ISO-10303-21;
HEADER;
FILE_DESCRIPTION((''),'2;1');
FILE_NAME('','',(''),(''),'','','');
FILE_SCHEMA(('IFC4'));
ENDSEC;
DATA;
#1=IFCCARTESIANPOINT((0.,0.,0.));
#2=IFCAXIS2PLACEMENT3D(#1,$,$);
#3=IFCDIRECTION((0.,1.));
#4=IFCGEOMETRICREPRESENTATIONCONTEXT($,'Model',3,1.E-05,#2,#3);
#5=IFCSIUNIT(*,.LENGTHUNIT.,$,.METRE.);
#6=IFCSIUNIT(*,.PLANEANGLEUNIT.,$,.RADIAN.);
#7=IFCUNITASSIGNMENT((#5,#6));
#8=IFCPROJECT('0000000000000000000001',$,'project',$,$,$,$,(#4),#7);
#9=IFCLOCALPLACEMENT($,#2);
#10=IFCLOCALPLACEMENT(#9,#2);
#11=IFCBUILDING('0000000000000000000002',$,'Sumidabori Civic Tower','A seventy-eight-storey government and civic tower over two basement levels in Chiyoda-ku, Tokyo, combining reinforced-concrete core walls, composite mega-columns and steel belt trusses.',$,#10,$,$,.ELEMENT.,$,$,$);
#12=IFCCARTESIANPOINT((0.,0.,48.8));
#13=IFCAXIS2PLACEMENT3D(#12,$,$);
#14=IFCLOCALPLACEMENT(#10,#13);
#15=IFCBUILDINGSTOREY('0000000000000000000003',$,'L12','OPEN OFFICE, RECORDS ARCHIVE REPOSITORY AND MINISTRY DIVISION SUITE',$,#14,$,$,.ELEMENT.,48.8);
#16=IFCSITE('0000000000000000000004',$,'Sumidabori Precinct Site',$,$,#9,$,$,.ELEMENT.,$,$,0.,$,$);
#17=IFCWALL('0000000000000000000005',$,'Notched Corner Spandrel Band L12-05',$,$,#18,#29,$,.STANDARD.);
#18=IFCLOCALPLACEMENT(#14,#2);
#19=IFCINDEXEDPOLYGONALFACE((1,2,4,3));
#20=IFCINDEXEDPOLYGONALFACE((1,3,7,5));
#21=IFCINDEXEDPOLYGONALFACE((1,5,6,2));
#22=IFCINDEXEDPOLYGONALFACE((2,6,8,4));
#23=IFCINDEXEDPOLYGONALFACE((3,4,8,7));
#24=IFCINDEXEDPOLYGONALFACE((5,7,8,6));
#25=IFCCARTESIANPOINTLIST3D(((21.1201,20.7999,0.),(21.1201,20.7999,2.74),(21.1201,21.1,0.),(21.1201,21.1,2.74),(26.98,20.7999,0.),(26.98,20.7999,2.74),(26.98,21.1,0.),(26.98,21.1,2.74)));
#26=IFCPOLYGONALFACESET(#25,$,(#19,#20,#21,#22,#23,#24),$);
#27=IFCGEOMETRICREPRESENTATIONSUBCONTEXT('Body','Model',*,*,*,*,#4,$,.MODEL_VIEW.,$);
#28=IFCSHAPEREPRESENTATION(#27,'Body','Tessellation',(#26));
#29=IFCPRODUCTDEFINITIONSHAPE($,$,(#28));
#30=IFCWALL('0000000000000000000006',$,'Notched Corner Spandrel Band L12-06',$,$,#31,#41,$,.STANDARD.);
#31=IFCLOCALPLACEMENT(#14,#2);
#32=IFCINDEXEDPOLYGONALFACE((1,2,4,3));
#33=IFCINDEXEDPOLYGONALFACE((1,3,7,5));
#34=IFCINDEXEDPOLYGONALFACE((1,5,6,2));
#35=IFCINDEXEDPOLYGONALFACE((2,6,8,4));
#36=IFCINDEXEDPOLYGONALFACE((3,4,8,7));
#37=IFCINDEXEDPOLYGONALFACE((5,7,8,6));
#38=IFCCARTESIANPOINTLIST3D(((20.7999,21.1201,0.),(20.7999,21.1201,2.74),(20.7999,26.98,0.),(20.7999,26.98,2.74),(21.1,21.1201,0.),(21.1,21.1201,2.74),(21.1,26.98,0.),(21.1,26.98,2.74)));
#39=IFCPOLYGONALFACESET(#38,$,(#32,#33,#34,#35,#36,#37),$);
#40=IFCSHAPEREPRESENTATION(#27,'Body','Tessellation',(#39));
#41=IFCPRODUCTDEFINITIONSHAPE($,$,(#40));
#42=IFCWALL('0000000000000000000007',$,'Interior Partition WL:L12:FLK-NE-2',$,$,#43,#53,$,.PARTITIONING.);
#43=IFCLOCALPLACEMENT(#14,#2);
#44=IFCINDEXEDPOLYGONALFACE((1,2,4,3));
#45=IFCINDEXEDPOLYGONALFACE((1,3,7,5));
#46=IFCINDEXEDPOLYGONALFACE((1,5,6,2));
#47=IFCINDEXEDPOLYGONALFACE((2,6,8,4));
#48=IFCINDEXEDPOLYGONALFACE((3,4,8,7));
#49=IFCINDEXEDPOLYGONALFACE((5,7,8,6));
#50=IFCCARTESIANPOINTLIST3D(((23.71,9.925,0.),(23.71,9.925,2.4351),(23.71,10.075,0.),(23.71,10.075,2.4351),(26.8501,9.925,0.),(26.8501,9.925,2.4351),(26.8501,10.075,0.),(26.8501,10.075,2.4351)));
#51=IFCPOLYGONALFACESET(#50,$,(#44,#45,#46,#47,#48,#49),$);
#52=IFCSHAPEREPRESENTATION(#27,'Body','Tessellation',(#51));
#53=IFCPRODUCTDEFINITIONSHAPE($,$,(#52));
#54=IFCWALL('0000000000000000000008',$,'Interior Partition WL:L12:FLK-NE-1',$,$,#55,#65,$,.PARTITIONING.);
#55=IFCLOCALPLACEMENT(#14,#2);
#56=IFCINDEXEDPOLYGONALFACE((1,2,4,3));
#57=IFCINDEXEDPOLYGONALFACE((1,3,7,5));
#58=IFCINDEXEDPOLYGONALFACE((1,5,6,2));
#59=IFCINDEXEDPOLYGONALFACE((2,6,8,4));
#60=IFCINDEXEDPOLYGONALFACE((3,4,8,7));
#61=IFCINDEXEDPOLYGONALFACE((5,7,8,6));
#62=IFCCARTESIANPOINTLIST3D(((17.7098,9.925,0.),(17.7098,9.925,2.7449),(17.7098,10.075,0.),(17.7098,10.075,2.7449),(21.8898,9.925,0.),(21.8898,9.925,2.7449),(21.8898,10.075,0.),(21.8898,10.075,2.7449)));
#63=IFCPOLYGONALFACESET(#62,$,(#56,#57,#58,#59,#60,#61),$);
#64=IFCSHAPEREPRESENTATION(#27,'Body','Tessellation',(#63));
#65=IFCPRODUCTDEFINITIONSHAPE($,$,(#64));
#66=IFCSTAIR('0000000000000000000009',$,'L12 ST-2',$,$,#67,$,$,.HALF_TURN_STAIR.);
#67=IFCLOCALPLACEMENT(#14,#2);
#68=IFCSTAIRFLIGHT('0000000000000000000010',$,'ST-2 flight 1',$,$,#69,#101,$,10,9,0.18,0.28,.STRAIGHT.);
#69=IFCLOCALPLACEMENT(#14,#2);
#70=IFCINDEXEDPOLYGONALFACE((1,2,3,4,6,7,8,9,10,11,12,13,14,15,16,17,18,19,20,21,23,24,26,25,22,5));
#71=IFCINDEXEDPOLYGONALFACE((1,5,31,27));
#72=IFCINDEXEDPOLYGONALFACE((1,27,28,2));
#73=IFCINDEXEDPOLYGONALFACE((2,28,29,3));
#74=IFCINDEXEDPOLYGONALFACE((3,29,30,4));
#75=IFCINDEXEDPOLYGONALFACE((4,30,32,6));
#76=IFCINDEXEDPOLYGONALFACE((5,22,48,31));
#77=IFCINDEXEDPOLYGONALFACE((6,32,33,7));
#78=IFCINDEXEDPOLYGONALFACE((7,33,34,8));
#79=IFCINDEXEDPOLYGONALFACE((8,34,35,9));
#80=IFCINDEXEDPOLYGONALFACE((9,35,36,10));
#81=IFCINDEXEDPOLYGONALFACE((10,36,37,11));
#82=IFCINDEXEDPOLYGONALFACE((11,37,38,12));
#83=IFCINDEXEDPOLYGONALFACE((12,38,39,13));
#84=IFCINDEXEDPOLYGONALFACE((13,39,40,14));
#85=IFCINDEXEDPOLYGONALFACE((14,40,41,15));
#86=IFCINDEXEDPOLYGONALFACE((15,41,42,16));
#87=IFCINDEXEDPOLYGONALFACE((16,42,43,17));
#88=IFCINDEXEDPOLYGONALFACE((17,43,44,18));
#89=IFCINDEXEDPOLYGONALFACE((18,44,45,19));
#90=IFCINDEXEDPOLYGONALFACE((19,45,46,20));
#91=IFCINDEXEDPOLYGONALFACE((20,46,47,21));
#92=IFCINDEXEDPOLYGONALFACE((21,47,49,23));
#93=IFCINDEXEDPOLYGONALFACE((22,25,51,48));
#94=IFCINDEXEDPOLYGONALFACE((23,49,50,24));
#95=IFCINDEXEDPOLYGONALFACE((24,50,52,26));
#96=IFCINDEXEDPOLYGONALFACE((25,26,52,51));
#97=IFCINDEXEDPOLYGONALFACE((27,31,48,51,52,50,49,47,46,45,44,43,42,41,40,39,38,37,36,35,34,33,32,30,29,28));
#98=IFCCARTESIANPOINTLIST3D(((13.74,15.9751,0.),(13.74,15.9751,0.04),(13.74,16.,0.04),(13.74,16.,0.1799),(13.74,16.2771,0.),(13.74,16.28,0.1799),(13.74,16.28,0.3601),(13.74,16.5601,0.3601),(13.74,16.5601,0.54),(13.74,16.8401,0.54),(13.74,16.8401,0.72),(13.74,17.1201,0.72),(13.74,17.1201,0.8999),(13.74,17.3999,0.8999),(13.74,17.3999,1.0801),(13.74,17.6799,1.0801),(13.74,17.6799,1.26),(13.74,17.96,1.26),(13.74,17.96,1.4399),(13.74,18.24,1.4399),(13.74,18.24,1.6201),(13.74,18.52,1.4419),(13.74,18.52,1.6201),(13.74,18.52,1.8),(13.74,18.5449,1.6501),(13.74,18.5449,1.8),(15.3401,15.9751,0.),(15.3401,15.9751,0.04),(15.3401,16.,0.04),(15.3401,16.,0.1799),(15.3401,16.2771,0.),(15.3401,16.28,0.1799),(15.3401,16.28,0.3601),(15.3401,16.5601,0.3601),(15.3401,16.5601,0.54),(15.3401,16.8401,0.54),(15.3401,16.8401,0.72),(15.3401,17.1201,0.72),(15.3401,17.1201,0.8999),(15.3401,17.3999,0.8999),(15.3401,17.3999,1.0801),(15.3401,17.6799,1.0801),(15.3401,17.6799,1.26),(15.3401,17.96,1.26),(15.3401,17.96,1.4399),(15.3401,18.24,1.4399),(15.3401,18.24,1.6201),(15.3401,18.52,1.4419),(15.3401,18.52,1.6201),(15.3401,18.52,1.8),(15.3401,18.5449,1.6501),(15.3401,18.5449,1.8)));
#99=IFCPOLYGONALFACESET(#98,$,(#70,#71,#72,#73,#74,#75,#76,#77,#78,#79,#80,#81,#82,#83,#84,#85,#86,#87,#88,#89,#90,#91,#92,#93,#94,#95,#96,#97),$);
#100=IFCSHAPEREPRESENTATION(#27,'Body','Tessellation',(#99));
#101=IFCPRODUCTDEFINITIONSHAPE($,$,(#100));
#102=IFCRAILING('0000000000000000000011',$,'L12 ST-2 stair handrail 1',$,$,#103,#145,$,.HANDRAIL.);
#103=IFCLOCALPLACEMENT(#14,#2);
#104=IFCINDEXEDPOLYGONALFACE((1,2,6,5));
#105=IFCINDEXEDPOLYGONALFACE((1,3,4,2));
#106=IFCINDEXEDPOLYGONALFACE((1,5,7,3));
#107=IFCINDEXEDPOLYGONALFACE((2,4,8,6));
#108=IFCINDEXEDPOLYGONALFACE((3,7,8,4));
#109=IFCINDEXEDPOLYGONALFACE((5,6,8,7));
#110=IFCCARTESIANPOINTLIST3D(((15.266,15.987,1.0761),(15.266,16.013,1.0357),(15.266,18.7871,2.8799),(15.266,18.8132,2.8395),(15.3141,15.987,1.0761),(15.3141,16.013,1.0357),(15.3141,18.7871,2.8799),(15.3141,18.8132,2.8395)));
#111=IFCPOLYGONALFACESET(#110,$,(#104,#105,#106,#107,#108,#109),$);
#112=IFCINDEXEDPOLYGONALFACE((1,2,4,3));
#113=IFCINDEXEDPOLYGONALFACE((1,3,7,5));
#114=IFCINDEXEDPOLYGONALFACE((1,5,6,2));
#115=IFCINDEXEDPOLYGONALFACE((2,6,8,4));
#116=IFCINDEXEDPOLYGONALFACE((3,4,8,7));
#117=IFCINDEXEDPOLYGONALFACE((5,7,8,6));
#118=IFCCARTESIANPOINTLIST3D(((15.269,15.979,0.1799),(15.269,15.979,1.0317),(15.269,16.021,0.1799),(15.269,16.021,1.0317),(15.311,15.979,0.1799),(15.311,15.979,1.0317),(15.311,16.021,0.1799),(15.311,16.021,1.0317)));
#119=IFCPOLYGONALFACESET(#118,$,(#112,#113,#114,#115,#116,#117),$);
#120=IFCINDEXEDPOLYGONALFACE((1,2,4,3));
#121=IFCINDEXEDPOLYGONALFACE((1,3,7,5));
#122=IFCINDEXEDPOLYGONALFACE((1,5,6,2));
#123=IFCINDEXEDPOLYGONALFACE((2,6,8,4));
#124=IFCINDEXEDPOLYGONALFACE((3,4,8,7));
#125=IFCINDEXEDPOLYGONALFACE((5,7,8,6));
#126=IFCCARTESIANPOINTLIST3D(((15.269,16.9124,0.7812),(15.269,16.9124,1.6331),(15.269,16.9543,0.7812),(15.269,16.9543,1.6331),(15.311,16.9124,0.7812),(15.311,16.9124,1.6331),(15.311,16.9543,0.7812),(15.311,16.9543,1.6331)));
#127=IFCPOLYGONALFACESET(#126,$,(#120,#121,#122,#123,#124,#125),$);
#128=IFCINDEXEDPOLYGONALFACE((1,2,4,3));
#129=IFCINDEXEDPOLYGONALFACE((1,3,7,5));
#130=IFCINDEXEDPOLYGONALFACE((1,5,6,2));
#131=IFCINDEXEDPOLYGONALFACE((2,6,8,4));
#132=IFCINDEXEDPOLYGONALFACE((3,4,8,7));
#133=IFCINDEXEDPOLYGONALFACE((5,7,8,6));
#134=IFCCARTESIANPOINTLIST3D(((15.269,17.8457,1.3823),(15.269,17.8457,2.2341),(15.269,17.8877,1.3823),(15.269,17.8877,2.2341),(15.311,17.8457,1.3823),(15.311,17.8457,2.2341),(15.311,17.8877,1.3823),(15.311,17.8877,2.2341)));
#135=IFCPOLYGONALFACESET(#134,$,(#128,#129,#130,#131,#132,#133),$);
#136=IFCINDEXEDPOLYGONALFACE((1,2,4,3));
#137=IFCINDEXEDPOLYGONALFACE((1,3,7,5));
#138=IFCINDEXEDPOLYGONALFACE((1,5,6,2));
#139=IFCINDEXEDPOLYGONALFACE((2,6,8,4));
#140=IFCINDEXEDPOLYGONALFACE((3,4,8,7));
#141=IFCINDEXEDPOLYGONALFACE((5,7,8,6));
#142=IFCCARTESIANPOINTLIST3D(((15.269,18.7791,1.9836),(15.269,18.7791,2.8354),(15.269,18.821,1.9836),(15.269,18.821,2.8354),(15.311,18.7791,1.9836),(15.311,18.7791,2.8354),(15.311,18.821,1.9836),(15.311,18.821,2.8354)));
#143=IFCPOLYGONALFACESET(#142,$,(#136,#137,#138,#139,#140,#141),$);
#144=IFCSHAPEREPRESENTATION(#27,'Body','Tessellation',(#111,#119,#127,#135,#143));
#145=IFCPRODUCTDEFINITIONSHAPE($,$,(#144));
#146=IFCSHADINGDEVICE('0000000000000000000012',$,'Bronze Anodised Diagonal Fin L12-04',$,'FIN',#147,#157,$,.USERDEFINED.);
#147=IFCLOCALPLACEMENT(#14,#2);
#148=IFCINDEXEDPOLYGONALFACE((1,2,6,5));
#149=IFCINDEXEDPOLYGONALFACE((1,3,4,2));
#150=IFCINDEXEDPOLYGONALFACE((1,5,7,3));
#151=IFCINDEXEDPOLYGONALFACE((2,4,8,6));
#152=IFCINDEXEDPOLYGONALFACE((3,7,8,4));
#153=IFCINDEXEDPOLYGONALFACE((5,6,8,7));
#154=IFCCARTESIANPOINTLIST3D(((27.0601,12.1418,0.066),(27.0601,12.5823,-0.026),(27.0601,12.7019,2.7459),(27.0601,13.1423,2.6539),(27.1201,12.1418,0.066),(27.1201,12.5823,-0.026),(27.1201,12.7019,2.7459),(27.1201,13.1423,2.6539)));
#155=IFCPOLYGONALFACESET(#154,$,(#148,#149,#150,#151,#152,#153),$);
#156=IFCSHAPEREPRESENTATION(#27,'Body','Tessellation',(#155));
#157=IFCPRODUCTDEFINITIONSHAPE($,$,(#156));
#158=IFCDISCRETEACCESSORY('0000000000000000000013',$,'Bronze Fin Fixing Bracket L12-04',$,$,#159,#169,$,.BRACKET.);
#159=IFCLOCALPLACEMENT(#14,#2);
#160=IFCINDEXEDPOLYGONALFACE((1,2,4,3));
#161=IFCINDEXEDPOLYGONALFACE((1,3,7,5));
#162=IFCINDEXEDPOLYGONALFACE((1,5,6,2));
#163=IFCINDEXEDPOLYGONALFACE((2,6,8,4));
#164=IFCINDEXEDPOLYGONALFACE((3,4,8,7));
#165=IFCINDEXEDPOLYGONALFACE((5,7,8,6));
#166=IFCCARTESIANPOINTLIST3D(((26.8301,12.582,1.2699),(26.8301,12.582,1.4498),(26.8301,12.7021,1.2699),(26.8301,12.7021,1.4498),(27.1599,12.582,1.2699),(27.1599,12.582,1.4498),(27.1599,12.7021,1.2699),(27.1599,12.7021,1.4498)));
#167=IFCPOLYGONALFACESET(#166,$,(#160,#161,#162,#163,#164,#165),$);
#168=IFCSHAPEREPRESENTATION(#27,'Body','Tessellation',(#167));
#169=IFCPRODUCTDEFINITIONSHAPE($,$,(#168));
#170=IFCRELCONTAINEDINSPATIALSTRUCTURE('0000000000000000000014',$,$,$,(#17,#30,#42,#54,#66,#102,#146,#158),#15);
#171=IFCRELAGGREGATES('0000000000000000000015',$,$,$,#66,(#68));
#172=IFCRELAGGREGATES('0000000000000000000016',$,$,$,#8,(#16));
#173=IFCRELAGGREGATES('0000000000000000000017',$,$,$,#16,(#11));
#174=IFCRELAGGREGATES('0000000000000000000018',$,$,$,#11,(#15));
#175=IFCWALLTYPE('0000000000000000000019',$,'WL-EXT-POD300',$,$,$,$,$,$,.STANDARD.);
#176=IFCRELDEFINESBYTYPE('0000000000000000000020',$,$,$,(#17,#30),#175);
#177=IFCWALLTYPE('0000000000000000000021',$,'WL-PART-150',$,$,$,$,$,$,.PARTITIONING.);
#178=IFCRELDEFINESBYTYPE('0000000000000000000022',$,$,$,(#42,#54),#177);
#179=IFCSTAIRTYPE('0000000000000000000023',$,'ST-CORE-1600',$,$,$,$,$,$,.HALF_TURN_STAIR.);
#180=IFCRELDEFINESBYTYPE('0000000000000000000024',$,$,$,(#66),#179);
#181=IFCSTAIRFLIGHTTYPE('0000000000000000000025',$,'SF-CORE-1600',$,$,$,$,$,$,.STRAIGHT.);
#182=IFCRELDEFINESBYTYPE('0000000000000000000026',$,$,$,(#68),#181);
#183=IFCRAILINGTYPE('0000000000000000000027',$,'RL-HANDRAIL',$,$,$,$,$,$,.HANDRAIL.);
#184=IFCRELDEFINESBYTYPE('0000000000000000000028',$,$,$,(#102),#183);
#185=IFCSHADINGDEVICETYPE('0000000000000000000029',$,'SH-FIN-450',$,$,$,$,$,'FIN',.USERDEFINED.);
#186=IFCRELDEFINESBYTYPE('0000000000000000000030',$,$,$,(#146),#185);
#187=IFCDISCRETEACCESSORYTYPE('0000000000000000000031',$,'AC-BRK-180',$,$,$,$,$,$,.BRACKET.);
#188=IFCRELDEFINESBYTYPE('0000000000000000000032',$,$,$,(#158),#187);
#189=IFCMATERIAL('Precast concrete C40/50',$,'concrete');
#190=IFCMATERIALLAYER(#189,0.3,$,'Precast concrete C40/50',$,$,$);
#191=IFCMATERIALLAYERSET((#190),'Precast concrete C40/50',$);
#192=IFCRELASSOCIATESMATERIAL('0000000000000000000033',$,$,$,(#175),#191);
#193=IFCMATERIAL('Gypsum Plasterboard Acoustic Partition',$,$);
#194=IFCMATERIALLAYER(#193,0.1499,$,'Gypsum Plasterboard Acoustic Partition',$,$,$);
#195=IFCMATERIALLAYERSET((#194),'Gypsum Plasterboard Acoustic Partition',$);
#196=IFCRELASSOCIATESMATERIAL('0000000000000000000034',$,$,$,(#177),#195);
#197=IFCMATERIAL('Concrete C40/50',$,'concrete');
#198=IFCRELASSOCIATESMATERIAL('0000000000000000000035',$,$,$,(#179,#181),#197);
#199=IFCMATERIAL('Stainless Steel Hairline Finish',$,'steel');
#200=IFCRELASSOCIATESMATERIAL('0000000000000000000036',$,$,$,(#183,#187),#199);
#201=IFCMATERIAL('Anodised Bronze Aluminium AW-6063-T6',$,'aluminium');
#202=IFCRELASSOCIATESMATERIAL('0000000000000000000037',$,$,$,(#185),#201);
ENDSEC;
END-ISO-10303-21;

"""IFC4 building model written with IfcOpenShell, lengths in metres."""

from ifc_helpers import new_model, si_unit, direction, frame, frame_2d, origin, origin_2d, place, context, subcontext, project, spatial, polyline, rectangle, outline, extrude, source, transform, mapped, material, layer, layer_set, material_profile, profile_set, type_object, element, aggregate, save


model = new_model("IFC4")

# Units and contexts
model_context = context("Model", 3, precision=1e-05, world=origin(), true_north=direction((0.0, 1.0)))
body_context = subcontext(model_context, "Body", "Model", "MODEL_VIEW")
ifc_project = project(units=[si_unit("LENGTHUNIT", "METRE"), si_unit("PLANEANGLEUNIT", "RADIAN")], contexts=[model_context])

# Site, building, storey
site_placement = place(None, origin())
site = spatial("IfcSite", under=ifc_project, at=site_placement, Name="Sumidabori Precinct Site", CompositionType="ELEMENT", RefElevation=0.0)
building_placement = place(site_placement, origin())
building = spatial("IfcBuilding", under=site, at=building_placement, Name="Sumidabori Civic Tower", Description="A seventy-eight-storey government and civic tower over two basement levels in Chiyoda-ku, Tokyo, combining reinforced-concrete core walls, composite mega-columns and steel belt trusses.", CompositionType="ELEMENT")
storey_placement = place(building_placement, frame((0.0, 0.0, 48.8)))
storey = spatial("IfcBuildingStorey", under=building, at=storey_placement, Name="L12", Description="OPEN OFFICE, RECORDS ARCHIVE REPOSITORY AND MINISTRY DIVISION SUITE", CompositionType="ELEMENT", Elevation=48.8)

# Shared definitions
ifc_material_1 = material(Name="Anodised Bronze Aluminium AW-6063-T6", Category="aluminium")

# Walls
ifc_material_2 = material(Name="Precast concrete C40/50", Category="concrete")
ifc_layer_1 = layer(ifc_material_2, 0.3, Name="Precast concrete C40/50")
ifc_layer_set_1 = layer_set([ifc_layer_1], Name="Precast concrete C40/50")
wall_type_1 = type_object("IfcWallType", Name="WL-EXT-POD300", PredefinedType="STANDARD", material=ifc_layer_set_1)
shared_shape_1 = source(origin(), body_context, "Body", "SweptSolid", [
    extrude(rectangle(XDim=5.8599, YDim=0.3, at=frame_2d((2.9299, 0.0))), origin(), (0.0, 0.0, 1.0), 2.74),
])
for number, where, z_axis, x_axis, name in (
    (1, (26.98, 20.95, 0.0), (0.0, 0.0, 1.0), (-1.0, 0.0, 0.0), "Notched Corner Spandrel Band L12-05"),
    (2, (20.95, 21.1201, 0.0), (0.0, 0.0, 1.0), (0.0, 1.0, 0.0), "Notched Corner Spandrel Band L12-06"),
):
    element("IfcWall", number, at=place(storey_placement, frame(where, z_axis=z_axis, x_axis=x_axis)), inside=storey, type_object=wall_type_1, Name=name, PredefinedType="STANDARD", context=body_context, shape_type="MappedRepresentation", body=[
        mapped(shared_shape_1, transform((0.0, 0.0, 0.0), x_axis=(1.0, 0.0, 0.0), y_axis=(0.0, 1.0, 0.0), z_axis=(0.0, 0.0, 1.0), scale=1.0)),
    ])
ifc_material_3 = material(Name="Gypsum Plasterboard Acoustic Partition")
ifc_layer_2 = layer(ifc_material_3, 0.1499, Name="Gypsum Plasterboard Acoustic Partition")
ifc_layer_set_2 = layer_set([ifc_layer_2], Name="Gypsum Plasterboard Acoustic Partition")
wall_type_2 = type_object("IfcWallType", Name="WL-PART-150", PredefinedType="PARTITIONING", material=ifc_layer_set_2)
shared_shape_2 = source(origin(), body_context, "Body", "SweptSolid", [
    extrude(rectangle(XDim=3.1401, YDim=0.1499, at=frame_2d((1.5701, 0.0))), origin(), (0.0, 0.0, 1.0), 2.4351),
])
wall_1_placement = place(storey_placement, frame((23.71, 10.0, 0.0), z_axis=(0.0, 0.0, 1.0), x_axis=(1.0, 0.0, 0.0)))
element("IfcWall", 3, at=wall_1_placement, inside=storey, type_object=wall_type_2, Name="Interior Partition WL:L12:FLK-NE-2", PredefinedType="PARTITIONING", context=body_context, shape_type="MappedRepresentation", body=[
    mapped(shared_shape_2, transform((0.0, 0.0, 0.0), x_axis=(1.0, 0.0, 0.0), y_axis=(0.0, 1.0, 0.0), z_axis=(0.0, 0.0, 1.0), scale=1.0)),
])
shared_shape_3 = source(origin(), body_context, "Body", "SweptSolid", [
    extrude(rectangle(XDim=4.1799, YDim=0.1499, at=frame_2d((2.0898, 0.0))), origin(), (0.0, 0.0, 1.0), 2.7449),
])
wall_2_placement = place(storey_placement, frame((17.71, 10.0, 0.0), z_axis=(0.0, 0.0, 1.0), x_axis=(1.0, 0.0, 0.0)))
element("IfcWall", 4, at=wall_2_placement, inside=storey, type_object=wall_type_2, Name="Interior Partition WL:L12:FLK-NE-1", PredefinedType="PARTITIONING", context=body_context, shape_type="MappedRepresentation", body=[
    mapped(shared_shape_3, transform((0.0, 0.0, 0.0), x_axis=(1.0, 0.0, 0.0), y_axis=(0.0, 1.0, 0.0), z_axis=(0.0, 0.0, 1.0), scale=1.0)),
])

# Stair, stair flight
ifc_material_4 = material(Name="Concrete C40/50", Category="concrete")
stair_type = type_object("IfcStairType", Name="ST-CORE-1600", PredefinedType="HALF_TURN_STAIR", material=ifc_material_4)
stair_placement = place(storey_placement, origin())
stair = element("IfcStair", 5, at=stair_placement, inside=storey, type_object=stair_type, Name="L12 ST-2", PredefinedType="HALF_TURN_STAIR")
stair_flight_type = type_object("IfcStairFlightType", Name="SF-CORE-1600", PredefinedType="STRAIGHT", material=ifc_material_4)
shared_shape_4 = source(origin(), body_context, "Body", "SweptSolid", [
    extrude(outline(polyline([(-0.0249, 0.0), (-0.0249, 0.04), (0.0, 0.04), (0.0, 0.1799), (0.28, 0.1799), (0.28, 0.3601), (0.5601, 0.3601), (0.5601, 0.54), (0.8401, 0.54), (0.8401, 0.72), (1.1201, 0.72), (1.1201, 0.8999), (1.3999, 0.8999), (1.3999, 1.0801), (1.6799, 1.0801), (1.6799, 1.26), (1.96, 1.26), (1.96, 1.4399), (2.24, 1.4399), (2.24, 1.6201), (2.52, 1.6201), (2.52, 1.8), (2.5449, 1.8), (2.5449, 1.6501), (2.52, 1.4419), (0.2771, 0.0), (-0.0249, 0.0)])), frame((0.0, 0.8, 0.0), z_axis=(0.0, -1.0, 0.0), x_axis=(1.0, 0.0, 0.0)), (0.0, 0.0, 1.0), 1.6001),
])
stair_flight_placement = place(storey_placement, frame((14.54, 16.0, 0.0), z_axis=(0.0, 0.0, 1.0), x_axis=(0.0, 1.0, 0.0)))
stair_flight = element("IfcStairFlight", 6, at=stair_flight_placement, type_object=stair_flight_type, Name="ST-2 flight 1", NumberOfRisers=10, NumberOfTreads=9, PredefinedType="STRAIGHT", RiserHeight=0.18, TreadLength=0.28, context=body_context, shape_type="MappedRepresentation", body=[
    mapped(shared_shape_4, transform((0.0, 0.0, 0.0), x_axis=(1.0, 0.0, 0.0), y_axis=(0.0, 1.0, 0.0), z_axis=(0.0, 0.0, 1.0), scale=1.0)),
])
aggregate(stair, [stair_flight])

# Railing
ifc_material_5 = material(Name="Stainless Steel Hairline Finish", Category="steel")
railing_type = type_object("IfcRailingType", Name="RL-HANDRAIL", PredefinedType="HANDRAIL", material=ifc_material_5)
railing_placement = place(storey_placement, frame((15.29, 16.0, 0.1799)))
element("IfcRailing", 7, at=railing_placement, inside=storey, type_object=railing_type, Name="L12 ST-2 stair handrail 1", PredefinedType="HANDRAIL", context=body_context, shape_type="SweptSolid", body=[
    extrude(rectangle(XDim=0.0481, YDim=0.0481, at=origin_2d()), frame((0.0, 0.0, 0.876), z_axis=(0.0, 0.840676, 0.541539), x_axis=(-1.0, 0.0, 0.0)), (0.0, 0.0, 1.0), 3.3308),
    extrude(rectangle(XDim=0.042, YDim=0.042, at=origin_2d()), origin(), (0.0, 0.0, 1.0), 0.8518),
    extrude(rectangle(XDim=0.042, YDim=0.042, at=origin_2d()), frame((0.0, 0.9333, 0.6013)), (0.0, 0.0, 1.0), 0.8518),
    extrude(rectangle(XDim=0.042, YDim=0.042, at=origin_2d()), frame((0.0, 1.8667, 1.2024)), (0.0, 0.0, 1.0), 0.8518),
    extrude(rectangle(XDim=0.042, YDim=0.042, at=origin_2d()), frame((0.0, 2.8, 1.8037)), (0.0, 0.0, 1.0), 0.8518),
])

# Shading device
ifc_material_profile_1 = material_profile(ifc_material_1, rectangle(XDim=0.0601, YDim=0.45, at=origin_2d()), Name="BRONZE FIN 450x60")
ifc_profile_set_1 = profile_set([ifc_material_profile_1], Name="Anodised Bronze Aluminium AW-6063-T6")
shading_device_type = type_object("IfcShadingDeviceType", Name="SH-FIN-450", ElementType="FIN", PredefinedType="USERDEFINED", material=ifc_profile_set_1)
shared_shape_5 = source(origin(), body_context, "Body", "SweptSolid", [
    extrude(rectangle(XDim=0.0601, YDim=0.45, at=origin_2d()), origin(), (0.0, 0.0, 1.0), 2.7378),
])
shading_device_placement = place(storey_placement, frame((27.0901, 12.3621, 0.02), z_axis=(0.0, 0.204563, 0.978853), x_axis=(-1.0, 0.0, 0.0)))
element("IfcShadingDevice", 8, at=shading_device_placement, inside=storey, type_object=shading_device_type, Name="Bronze Anodised Diagonal Fin L12-04", ObjectType="FIN", PredefinedType="USERDEFINED", context=body_context, shape_type="MappedRepresentation", body=[
    mapped(shared_shape_5, transform((0.0, 0.0, 0.0), x_axis=(1.0, 0.0, 0.0), y_axis=(0.0, 1.0, 0.0), z_axis=(0.0, 0.0, 1.0), scale=1.0)),
])

# Discrete accessory
ifc_material_profile_2 = material_profile(ifc_material_5, rectangle(XDim=0.1201, YDim=0.1799, at=origin_2d()), Name="STEEL BRACKET 180x120")
ifc_profile_set_2 = profile_set([ifc_material_profile_2], Name="Stainless Steel Hairline Finish")
discrete_accessory_type = type_object("IfcDiscreteAccessoryType", Name="AC-BRK-180", PredefinedType="BRACKET", material=ifc_profile_set_2)
shared_shape_6 = source(origin(), body_context, "Body", "SweptSolid", [
    extrude(rectangle(XDim=0.1201, YDim=0.1799, at=origin_2d()), origin(), (0.0, 0.0, 1.0), 0.3298),
])
discrete_accessory_placement = place(storey_placement, frame((26.8301, 12.6421, 1.3599), z_axis=(1.0, 0.0, 0.0), x_axis=(0.0, 1.0, 0.0)))
element("IfcDiscreteAccessory", 9, at=discrete_accessory_placement, inside=storey, type_object=discrete_accessory_type, Name="Bronze Fin Fixing Bracket L12-04", PredefinedType="BRACKET", context=body_context, shape_type="MappedRepresentation", body=[
    mapped(shared_shape_6, transform((0.0, 0.0, 0.0), x_axis=(1.0, 0.0, 0.0), y_axis=(0.0, 1.0, 0.0), z_axis=(0.0, 0.0, 1.0), scale=1.0)),
])

save(model, "model.ifc")
